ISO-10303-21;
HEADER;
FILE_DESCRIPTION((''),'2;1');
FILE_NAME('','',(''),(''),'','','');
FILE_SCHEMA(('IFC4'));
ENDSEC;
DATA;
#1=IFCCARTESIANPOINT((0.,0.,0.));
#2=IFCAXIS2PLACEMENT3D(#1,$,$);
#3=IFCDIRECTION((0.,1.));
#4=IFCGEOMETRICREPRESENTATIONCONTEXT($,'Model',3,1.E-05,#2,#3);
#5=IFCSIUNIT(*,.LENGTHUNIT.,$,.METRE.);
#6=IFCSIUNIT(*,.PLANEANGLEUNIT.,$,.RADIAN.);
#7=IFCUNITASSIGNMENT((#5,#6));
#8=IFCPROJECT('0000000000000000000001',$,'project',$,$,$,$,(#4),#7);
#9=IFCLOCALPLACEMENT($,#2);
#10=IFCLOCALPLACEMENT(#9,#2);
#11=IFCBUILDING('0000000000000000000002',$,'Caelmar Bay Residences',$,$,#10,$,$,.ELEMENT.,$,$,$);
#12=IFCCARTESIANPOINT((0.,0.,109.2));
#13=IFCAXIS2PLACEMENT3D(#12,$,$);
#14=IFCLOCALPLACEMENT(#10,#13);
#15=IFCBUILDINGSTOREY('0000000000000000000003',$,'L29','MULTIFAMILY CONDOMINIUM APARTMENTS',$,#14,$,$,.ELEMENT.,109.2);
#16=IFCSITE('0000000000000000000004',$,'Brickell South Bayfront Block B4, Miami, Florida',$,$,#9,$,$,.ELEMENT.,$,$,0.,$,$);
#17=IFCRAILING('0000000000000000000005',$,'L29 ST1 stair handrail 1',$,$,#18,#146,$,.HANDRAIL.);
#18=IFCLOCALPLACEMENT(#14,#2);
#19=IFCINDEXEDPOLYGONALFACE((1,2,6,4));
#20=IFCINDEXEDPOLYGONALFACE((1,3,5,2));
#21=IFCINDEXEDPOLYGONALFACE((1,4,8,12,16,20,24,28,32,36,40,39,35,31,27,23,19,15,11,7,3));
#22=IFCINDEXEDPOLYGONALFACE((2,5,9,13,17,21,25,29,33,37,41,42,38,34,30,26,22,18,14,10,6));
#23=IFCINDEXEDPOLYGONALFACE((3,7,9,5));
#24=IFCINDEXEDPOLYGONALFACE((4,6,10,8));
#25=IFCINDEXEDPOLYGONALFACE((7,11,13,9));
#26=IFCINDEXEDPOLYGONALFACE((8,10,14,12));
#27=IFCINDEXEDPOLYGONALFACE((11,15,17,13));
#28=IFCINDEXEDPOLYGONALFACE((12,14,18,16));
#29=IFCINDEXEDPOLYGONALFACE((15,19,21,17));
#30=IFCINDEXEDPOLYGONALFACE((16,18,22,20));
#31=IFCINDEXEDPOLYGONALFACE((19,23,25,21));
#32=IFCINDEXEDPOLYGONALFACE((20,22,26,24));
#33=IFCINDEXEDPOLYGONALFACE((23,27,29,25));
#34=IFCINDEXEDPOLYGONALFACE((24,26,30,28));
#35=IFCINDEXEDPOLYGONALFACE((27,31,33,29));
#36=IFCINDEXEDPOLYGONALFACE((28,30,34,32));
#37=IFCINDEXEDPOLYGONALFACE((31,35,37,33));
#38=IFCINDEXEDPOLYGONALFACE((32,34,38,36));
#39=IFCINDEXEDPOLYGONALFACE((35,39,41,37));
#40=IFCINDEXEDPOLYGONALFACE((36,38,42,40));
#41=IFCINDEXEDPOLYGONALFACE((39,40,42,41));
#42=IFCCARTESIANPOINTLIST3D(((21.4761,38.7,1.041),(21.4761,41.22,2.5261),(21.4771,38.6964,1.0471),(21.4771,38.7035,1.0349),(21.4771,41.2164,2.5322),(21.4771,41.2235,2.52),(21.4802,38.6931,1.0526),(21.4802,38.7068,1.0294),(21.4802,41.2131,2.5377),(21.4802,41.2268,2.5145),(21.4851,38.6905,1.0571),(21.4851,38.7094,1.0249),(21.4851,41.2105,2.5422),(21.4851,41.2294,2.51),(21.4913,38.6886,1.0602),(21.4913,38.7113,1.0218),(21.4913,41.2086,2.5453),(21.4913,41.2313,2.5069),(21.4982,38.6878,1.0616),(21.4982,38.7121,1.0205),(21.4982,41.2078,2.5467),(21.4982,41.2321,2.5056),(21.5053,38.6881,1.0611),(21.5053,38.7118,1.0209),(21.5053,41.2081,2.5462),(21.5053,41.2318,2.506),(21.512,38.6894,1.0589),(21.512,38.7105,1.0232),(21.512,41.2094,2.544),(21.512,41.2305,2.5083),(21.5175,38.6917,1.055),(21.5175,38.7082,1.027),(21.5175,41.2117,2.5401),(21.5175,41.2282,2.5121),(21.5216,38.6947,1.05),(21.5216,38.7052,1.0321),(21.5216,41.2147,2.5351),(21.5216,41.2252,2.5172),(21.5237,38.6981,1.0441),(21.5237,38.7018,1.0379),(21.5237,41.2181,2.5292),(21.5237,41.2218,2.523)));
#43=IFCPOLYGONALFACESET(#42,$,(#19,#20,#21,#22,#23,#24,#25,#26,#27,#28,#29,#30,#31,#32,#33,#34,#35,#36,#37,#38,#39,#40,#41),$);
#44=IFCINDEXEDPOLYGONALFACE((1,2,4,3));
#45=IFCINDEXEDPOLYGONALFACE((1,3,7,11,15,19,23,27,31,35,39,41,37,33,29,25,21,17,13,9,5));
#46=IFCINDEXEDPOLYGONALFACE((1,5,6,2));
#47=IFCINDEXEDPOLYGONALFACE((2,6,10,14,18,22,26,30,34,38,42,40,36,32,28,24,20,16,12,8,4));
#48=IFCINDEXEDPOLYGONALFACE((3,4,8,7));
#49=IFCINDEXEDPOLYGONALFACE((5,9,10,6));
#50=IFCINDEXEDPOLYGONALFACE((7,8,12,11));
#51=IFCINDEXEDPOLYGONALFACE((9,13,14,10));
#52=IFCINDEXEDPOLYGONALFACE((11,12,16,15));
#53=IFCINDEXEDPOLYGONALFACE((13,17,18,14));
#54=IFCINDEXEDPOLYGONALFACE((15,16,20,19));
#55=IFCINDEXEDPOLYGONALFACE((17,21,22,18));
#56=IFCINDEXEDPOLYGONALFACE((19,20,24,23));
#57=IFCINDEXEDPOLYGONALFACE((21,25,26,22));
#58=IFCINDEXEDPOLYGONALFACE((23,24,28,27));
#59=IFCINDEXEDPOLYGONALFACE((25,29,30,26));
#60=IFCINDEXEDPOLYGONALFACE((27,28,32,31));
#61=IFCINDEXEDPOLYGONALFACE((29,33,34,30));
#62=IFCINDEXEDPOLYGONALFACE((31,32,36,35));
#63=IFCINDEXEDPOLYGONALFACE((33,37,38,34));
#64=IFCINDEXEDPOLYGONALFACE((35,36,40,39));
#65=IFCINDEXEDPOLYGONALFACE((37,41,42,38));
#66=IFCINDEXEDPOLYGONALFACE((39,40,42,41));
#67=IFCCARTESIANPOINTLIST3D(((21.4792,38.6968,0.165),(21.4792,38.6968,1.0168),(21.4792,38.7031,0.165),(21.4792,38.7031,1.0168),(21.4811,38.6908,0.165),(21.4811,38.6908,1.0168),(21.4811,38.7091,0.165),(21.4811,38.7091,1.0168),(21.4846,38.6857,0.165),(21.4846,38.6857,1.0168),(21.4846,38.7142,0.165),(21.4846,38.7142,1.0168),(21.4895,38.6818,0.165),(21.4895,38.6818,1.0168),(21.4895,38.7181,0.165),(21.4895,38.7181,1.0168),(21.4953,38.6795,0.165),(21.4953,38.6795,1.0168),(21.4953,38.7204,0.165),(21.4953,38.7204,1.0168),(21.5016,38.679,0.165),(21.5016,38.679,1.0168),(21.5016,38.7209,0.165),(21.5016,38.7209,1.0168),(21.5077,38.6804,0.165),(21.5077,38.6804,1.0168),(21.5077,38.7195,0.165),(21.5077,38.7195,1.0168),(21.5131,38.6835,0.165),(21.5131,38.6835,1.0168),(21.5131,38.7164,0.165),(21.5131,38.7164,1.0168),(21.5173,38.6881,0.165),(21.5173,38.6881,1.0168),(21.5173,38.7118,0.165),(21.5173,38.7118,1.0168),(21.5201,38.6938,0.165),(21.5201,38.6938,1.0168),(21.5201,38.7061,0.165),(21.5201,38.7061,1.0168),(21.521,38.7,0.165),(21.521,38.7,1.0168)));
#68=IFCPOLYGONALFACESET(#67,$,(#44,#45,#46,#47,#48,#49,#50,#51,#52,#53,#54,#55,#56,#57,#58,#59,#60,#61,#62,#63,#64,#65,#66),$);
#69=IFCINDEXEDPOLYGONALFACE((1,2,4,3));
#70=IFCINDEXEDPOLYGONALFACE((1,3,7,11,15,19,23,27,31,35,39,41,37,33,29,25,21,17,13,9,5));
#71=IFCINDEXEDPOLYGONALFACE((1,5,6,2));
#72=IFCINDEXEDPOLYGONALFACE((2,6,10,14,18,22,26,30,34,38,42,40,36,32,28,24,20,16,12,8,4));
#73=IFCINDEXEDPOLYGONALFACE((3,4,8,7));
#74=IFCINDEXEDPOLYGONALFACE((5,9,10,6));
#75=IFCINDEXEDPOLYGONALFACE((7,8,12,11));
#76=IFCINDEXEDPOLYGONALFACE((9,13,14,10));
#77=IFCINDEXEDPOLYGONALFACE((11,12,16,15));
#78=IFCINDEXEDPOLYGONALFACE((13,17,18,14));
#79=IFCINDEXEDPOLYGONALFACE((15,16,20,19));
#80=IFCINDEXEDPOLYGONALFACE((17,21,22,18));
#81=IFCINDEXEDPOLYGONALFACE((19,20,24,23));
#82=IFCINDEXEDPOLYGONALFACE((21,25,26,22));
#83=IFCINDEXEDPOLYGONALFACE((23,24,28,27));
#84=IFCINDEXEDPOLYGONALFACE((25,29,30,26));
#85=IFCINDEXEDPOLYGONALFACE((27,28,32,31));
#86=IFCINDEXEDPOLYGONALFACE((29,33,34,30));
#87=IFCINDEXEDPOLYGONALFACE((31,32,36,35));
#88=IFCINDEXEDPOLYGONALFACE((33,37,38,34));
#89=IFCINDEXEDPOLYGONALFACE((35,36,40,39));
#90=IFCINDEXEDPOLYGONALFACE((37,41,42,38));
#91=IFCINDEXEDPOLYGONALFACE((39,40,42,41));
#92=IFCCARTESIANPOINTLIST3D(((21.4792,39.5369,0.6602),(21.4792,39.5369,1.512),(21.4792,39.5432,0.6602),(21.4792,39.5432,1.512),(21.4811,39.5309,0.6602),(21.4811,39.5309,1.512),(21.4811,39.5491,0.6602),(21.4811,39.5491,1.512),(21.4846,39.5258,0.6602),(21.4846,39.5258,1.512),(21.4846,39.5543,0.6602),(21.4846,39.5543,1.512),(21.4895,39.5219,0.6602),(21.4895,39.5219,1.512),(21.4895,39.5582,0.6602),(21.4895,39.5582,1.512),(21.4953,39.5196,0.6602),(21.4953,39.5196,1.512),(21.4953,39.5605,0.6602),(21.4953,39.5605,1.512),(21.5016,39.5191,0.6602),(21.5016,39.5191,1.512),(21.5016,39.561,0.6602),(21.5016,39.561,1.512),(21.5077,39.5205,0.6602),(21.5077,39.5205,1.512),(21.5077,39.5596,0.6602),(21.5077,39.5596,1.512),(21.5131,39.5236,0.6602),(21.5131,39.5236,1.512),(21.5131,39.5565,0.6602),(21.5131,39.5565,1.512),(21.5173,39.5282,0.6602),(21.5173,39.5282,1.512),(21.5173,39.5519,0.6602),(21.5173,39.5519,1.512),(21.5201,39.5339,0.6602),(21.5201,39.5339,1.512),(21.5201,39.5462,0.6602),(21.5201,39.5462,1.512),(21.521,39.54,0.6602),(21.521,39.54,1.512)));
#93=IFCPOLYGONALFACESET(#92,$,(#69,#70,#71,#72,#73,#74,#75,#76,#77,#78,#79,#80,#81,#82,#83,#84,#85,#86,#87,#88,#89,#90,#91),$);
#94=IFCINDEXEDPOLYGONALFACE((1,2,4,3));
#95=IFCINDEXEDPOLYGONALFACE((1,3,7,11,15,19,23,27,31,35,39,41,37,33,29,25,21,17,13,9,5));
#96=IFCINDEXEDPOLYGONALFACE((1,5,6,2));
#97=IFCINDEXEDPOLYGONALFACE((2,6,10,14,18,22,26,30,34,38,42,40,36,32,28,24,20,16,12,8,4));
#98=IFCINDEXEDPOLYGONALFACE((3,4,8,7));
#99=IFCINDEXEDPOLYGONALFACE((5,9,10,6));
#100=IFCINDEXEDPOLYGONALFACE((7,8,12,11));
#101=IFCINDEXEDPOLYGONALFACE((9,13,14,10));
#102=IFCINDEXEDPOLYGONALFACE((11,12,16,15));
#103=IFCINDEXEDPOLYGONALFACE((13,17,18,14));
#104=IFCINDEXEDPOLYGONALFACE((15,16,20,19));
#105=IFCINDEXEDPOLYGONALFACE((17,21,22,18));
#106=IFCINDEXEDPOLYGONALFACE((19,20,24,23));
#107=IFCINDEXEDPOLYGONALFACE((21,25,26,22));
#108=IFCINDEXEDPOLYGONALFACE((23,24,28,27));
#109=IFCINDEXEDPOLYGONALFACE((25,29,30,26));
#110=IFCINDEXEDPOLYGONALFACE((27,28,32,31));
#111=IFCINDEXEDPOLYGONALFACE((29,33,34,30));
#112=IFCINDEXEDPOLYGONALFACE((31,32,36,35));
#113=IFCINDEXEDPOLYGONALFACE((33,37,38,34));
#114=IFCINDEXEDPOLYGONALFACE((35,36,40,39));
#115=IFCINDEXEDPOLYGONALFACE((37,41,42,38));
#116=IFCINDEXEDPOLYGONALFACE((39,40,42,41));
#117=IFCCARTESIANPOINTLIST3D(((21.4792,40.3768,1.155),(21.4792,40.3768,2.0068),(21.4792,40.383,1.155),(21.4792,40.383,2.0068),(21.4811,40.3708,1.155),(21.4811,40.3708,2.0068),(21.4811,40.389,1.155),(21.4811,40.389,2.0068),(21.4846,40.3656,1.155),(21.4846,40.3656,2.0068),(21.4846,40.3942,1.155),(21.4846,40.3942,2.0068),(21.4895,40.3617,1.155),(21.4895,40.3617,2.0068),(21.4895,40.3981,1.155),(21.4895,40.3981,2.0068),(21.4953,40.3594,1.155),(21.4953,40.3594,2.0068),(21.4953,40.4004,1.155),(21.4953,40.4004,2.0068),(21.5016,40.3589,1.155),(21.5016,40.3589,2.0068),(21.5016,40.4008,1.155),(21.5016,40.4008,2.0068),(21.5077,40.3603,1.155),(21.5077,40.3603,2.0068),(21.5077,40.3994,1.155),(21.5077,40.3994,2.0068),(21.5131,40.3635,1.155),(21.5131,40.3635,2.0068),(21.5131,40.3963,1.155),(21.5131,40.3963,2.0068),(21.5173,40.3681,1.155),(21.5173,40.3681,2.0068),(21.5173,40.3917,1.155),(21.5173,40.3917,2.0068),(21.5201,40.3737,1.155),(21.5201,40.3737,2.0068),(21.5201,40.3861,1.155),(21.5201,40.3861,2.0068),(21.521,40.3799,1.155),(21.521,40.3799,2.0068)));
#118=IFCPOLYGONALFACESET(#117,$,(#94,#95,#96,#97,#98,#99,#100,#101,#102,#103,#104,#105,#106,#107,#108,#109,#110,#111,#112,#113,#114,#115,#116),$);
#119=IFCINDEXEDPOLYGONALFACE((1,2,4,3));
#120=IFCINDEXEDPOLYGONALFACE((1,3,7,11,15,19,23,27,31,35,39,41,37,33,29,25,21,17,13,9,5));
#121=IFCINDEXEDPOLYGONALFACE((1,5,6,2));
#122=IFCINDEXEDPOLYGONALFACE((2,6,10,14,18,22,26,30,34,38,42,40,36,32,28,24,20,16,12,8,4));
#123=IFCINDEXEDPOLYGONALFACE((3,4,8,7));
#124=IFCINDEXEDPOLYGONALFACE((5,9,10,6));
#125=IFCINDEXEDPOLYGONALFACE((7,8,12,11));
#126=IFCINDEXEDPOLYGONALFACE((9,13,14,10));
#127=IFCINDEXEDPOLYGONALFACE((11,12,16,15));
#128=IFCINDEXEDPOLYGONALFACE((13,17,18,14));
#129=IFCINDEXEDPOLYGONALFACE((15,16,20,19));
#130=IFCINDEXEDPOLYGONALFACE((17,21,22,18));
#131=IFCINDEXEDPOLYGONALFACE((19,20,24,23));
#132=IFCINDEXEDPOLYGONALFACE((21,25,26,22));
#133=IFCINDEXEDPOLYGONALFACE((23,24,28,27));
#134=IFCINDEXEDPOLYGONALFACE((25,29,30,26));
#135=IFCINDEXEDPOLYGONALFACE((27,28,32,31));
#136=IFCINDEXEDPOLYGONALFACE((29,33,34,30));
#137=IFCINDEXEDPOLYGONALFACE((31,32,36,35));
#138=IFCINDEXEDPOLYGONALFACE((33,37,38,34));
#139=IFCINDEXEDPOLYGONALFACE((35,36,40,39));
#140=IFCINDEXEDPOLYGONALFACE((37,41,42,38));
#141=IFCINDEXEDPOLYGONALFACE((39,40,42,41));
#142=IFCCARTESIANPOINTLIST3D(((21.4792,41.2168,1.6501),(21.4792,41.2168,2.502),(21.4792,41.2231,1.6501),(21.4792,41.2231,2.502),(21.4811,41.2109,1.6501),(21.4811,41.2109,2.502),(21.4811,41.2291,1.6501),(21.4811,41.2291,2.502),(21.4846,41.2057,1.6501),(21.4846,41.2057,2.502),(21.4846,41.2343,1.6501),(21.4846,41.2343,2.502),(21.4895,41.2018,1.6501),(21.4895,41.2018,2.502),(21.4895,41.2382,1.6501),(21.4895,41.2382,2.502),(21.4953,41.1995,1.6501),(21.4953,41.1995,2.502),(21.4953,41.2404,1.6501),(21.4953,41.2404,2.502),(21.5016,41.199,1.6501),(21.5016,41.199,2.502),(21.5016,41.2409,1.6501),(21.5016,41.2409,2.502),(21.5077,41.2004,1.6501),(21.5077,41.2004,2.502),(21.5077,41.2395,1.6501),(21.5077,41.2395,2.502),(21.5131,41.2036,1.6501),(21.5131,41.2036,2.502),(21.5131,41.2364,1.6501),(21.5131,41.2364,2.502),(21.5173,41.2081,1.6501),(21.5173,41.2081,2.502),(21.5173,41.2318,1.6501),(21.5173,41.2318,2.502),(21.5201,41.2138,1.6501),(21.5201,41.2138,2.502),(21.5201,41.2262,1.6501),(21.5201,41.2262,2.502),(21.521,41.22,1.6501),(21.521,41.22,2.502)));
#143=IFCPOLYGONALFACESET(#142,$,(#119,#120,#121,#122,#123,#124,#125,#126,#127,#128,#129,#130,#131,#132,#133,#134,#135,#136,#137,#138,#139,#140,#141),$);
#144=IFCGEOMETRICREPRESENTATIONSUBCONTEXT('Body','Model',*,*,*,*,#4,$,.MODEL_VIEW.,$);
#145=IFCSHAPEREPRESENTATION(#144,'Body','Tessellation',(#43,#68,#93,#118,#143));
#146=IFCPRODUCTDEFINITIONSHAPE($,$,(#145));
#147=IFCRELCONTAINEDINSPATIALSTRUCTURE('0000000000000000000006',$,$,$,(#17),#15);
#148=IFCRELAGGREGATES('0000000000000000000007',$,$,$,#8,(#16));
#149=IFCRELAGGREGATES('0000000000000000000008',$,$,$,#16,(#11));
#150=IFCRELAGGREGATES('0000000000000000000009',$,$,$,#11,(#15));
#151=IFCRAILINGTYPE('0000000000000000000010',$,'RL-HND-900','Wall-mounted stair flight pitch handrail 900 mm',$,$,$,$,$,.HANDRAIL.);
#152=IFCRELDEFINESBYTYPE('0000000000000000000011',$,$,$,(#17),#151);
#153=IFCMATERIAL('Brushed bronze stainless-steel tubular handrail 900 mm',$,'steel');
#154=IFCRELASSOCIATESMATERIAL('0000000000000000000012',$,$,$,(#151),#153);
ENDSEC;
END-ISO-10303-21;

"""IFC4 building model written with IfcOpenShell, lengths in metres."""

from ifc_helpers import new_model, si_unit, direction, frame, origin, origin_2d, place, context, subcontext, project, spatial, circle, extrude, material, type_object, element, save


model = new_model("IFC4")

# Units and contexts
model_context = context("Model", 3, precision=1e-05, world=origin(), true_north=direction((0.0, 1.0)))
body_context = subcontext(model_context, "Body", "Model", "MODEL_VIEW")
ifc_project = project(units=[si_unit("LENGTHUNIT", "METRE"), si_unit("PLANEANGLEUNIT", "RADIAN")], contexts=[model_context])

# Site, building, storey
site_placement = place(None, origin())
site = spatial("IfcSite", under=ifc_project, at=site_placement, Name="Brickell South Bayfront Block B4, Miami, Florida", CompositionType="ELEMENT", RefElevation=0.0)
building_placement = place(site_placement, origin())
building = spatial("IfcBuilding", under=site, at=building_placement, Name="Caelmar Bay Residences", CompositionType="ELEMENT")
storey_placement = place(building_placement, frame((0.0, 0.0, 109.2)))
storey = spatial("IfcBuildingStorey", under=building, at=storey_placement, Name="L29", Description="MULTIFAMILY CONDOMINIUM APARTMENTS", CompositionType="ELEMENT", Elevation=109.2)

# Railing
ifc_material_1 = material(Name="Brushed bronze stainless-steel tubular handrail 900 mm", Category="steel")
railing_type_1 = type_object("IfcRailingType", Name="RL-HND-900", Description="Wall-mounted stair flight pitch handrail 900 mm", PredefinedType="HANDRAIL", material=ifc_material_1)
railing_1_placement = place(storey_placement, frame((21.5, 38.7, 0.165)))
element("IfcRailing", 1, at=railing_1_placement, inside=storey, type_object=railing_type_1, Name="L29 ST1 stair handrail 1", PredefinedType="HANDRAIL", context=body_context, shape_type="SweptSolid", body=[
    extrude(circle(Radius=0.0239, at=origin_2d()), frame((0.0, 0.0, 0.876), z_axis=(0.0, 0.861524, 0.507717), x_axis=(-1.0, 0.0, 0.0)), (0.0, 0.0, 1.0), 2.925),
    extrude(circle(Radius=0.021, at=origin_2d()), origin(), (0.0, 0.0, 1.0), 0.8518),
    extrude(circle(Radius=0.021, at=origin_2d()), frame((0.0, 0.8401, 0.4951)), (0.0, 0.0, 1.0), 0.8518),
    extrude(circle(Radius=0.021, at=origin_2d()), frame((0.0, 1.6799, 0.99)), (0.0, 0.0, 1.0), 0.8518),
    extrude(circle(Radius=0.021, at=origin_2d()), frame((0.0, 2.52, 1.4851)), (0.0, 0.0, 1.0), 0.8518),
])

save(model, "model.ifc")
